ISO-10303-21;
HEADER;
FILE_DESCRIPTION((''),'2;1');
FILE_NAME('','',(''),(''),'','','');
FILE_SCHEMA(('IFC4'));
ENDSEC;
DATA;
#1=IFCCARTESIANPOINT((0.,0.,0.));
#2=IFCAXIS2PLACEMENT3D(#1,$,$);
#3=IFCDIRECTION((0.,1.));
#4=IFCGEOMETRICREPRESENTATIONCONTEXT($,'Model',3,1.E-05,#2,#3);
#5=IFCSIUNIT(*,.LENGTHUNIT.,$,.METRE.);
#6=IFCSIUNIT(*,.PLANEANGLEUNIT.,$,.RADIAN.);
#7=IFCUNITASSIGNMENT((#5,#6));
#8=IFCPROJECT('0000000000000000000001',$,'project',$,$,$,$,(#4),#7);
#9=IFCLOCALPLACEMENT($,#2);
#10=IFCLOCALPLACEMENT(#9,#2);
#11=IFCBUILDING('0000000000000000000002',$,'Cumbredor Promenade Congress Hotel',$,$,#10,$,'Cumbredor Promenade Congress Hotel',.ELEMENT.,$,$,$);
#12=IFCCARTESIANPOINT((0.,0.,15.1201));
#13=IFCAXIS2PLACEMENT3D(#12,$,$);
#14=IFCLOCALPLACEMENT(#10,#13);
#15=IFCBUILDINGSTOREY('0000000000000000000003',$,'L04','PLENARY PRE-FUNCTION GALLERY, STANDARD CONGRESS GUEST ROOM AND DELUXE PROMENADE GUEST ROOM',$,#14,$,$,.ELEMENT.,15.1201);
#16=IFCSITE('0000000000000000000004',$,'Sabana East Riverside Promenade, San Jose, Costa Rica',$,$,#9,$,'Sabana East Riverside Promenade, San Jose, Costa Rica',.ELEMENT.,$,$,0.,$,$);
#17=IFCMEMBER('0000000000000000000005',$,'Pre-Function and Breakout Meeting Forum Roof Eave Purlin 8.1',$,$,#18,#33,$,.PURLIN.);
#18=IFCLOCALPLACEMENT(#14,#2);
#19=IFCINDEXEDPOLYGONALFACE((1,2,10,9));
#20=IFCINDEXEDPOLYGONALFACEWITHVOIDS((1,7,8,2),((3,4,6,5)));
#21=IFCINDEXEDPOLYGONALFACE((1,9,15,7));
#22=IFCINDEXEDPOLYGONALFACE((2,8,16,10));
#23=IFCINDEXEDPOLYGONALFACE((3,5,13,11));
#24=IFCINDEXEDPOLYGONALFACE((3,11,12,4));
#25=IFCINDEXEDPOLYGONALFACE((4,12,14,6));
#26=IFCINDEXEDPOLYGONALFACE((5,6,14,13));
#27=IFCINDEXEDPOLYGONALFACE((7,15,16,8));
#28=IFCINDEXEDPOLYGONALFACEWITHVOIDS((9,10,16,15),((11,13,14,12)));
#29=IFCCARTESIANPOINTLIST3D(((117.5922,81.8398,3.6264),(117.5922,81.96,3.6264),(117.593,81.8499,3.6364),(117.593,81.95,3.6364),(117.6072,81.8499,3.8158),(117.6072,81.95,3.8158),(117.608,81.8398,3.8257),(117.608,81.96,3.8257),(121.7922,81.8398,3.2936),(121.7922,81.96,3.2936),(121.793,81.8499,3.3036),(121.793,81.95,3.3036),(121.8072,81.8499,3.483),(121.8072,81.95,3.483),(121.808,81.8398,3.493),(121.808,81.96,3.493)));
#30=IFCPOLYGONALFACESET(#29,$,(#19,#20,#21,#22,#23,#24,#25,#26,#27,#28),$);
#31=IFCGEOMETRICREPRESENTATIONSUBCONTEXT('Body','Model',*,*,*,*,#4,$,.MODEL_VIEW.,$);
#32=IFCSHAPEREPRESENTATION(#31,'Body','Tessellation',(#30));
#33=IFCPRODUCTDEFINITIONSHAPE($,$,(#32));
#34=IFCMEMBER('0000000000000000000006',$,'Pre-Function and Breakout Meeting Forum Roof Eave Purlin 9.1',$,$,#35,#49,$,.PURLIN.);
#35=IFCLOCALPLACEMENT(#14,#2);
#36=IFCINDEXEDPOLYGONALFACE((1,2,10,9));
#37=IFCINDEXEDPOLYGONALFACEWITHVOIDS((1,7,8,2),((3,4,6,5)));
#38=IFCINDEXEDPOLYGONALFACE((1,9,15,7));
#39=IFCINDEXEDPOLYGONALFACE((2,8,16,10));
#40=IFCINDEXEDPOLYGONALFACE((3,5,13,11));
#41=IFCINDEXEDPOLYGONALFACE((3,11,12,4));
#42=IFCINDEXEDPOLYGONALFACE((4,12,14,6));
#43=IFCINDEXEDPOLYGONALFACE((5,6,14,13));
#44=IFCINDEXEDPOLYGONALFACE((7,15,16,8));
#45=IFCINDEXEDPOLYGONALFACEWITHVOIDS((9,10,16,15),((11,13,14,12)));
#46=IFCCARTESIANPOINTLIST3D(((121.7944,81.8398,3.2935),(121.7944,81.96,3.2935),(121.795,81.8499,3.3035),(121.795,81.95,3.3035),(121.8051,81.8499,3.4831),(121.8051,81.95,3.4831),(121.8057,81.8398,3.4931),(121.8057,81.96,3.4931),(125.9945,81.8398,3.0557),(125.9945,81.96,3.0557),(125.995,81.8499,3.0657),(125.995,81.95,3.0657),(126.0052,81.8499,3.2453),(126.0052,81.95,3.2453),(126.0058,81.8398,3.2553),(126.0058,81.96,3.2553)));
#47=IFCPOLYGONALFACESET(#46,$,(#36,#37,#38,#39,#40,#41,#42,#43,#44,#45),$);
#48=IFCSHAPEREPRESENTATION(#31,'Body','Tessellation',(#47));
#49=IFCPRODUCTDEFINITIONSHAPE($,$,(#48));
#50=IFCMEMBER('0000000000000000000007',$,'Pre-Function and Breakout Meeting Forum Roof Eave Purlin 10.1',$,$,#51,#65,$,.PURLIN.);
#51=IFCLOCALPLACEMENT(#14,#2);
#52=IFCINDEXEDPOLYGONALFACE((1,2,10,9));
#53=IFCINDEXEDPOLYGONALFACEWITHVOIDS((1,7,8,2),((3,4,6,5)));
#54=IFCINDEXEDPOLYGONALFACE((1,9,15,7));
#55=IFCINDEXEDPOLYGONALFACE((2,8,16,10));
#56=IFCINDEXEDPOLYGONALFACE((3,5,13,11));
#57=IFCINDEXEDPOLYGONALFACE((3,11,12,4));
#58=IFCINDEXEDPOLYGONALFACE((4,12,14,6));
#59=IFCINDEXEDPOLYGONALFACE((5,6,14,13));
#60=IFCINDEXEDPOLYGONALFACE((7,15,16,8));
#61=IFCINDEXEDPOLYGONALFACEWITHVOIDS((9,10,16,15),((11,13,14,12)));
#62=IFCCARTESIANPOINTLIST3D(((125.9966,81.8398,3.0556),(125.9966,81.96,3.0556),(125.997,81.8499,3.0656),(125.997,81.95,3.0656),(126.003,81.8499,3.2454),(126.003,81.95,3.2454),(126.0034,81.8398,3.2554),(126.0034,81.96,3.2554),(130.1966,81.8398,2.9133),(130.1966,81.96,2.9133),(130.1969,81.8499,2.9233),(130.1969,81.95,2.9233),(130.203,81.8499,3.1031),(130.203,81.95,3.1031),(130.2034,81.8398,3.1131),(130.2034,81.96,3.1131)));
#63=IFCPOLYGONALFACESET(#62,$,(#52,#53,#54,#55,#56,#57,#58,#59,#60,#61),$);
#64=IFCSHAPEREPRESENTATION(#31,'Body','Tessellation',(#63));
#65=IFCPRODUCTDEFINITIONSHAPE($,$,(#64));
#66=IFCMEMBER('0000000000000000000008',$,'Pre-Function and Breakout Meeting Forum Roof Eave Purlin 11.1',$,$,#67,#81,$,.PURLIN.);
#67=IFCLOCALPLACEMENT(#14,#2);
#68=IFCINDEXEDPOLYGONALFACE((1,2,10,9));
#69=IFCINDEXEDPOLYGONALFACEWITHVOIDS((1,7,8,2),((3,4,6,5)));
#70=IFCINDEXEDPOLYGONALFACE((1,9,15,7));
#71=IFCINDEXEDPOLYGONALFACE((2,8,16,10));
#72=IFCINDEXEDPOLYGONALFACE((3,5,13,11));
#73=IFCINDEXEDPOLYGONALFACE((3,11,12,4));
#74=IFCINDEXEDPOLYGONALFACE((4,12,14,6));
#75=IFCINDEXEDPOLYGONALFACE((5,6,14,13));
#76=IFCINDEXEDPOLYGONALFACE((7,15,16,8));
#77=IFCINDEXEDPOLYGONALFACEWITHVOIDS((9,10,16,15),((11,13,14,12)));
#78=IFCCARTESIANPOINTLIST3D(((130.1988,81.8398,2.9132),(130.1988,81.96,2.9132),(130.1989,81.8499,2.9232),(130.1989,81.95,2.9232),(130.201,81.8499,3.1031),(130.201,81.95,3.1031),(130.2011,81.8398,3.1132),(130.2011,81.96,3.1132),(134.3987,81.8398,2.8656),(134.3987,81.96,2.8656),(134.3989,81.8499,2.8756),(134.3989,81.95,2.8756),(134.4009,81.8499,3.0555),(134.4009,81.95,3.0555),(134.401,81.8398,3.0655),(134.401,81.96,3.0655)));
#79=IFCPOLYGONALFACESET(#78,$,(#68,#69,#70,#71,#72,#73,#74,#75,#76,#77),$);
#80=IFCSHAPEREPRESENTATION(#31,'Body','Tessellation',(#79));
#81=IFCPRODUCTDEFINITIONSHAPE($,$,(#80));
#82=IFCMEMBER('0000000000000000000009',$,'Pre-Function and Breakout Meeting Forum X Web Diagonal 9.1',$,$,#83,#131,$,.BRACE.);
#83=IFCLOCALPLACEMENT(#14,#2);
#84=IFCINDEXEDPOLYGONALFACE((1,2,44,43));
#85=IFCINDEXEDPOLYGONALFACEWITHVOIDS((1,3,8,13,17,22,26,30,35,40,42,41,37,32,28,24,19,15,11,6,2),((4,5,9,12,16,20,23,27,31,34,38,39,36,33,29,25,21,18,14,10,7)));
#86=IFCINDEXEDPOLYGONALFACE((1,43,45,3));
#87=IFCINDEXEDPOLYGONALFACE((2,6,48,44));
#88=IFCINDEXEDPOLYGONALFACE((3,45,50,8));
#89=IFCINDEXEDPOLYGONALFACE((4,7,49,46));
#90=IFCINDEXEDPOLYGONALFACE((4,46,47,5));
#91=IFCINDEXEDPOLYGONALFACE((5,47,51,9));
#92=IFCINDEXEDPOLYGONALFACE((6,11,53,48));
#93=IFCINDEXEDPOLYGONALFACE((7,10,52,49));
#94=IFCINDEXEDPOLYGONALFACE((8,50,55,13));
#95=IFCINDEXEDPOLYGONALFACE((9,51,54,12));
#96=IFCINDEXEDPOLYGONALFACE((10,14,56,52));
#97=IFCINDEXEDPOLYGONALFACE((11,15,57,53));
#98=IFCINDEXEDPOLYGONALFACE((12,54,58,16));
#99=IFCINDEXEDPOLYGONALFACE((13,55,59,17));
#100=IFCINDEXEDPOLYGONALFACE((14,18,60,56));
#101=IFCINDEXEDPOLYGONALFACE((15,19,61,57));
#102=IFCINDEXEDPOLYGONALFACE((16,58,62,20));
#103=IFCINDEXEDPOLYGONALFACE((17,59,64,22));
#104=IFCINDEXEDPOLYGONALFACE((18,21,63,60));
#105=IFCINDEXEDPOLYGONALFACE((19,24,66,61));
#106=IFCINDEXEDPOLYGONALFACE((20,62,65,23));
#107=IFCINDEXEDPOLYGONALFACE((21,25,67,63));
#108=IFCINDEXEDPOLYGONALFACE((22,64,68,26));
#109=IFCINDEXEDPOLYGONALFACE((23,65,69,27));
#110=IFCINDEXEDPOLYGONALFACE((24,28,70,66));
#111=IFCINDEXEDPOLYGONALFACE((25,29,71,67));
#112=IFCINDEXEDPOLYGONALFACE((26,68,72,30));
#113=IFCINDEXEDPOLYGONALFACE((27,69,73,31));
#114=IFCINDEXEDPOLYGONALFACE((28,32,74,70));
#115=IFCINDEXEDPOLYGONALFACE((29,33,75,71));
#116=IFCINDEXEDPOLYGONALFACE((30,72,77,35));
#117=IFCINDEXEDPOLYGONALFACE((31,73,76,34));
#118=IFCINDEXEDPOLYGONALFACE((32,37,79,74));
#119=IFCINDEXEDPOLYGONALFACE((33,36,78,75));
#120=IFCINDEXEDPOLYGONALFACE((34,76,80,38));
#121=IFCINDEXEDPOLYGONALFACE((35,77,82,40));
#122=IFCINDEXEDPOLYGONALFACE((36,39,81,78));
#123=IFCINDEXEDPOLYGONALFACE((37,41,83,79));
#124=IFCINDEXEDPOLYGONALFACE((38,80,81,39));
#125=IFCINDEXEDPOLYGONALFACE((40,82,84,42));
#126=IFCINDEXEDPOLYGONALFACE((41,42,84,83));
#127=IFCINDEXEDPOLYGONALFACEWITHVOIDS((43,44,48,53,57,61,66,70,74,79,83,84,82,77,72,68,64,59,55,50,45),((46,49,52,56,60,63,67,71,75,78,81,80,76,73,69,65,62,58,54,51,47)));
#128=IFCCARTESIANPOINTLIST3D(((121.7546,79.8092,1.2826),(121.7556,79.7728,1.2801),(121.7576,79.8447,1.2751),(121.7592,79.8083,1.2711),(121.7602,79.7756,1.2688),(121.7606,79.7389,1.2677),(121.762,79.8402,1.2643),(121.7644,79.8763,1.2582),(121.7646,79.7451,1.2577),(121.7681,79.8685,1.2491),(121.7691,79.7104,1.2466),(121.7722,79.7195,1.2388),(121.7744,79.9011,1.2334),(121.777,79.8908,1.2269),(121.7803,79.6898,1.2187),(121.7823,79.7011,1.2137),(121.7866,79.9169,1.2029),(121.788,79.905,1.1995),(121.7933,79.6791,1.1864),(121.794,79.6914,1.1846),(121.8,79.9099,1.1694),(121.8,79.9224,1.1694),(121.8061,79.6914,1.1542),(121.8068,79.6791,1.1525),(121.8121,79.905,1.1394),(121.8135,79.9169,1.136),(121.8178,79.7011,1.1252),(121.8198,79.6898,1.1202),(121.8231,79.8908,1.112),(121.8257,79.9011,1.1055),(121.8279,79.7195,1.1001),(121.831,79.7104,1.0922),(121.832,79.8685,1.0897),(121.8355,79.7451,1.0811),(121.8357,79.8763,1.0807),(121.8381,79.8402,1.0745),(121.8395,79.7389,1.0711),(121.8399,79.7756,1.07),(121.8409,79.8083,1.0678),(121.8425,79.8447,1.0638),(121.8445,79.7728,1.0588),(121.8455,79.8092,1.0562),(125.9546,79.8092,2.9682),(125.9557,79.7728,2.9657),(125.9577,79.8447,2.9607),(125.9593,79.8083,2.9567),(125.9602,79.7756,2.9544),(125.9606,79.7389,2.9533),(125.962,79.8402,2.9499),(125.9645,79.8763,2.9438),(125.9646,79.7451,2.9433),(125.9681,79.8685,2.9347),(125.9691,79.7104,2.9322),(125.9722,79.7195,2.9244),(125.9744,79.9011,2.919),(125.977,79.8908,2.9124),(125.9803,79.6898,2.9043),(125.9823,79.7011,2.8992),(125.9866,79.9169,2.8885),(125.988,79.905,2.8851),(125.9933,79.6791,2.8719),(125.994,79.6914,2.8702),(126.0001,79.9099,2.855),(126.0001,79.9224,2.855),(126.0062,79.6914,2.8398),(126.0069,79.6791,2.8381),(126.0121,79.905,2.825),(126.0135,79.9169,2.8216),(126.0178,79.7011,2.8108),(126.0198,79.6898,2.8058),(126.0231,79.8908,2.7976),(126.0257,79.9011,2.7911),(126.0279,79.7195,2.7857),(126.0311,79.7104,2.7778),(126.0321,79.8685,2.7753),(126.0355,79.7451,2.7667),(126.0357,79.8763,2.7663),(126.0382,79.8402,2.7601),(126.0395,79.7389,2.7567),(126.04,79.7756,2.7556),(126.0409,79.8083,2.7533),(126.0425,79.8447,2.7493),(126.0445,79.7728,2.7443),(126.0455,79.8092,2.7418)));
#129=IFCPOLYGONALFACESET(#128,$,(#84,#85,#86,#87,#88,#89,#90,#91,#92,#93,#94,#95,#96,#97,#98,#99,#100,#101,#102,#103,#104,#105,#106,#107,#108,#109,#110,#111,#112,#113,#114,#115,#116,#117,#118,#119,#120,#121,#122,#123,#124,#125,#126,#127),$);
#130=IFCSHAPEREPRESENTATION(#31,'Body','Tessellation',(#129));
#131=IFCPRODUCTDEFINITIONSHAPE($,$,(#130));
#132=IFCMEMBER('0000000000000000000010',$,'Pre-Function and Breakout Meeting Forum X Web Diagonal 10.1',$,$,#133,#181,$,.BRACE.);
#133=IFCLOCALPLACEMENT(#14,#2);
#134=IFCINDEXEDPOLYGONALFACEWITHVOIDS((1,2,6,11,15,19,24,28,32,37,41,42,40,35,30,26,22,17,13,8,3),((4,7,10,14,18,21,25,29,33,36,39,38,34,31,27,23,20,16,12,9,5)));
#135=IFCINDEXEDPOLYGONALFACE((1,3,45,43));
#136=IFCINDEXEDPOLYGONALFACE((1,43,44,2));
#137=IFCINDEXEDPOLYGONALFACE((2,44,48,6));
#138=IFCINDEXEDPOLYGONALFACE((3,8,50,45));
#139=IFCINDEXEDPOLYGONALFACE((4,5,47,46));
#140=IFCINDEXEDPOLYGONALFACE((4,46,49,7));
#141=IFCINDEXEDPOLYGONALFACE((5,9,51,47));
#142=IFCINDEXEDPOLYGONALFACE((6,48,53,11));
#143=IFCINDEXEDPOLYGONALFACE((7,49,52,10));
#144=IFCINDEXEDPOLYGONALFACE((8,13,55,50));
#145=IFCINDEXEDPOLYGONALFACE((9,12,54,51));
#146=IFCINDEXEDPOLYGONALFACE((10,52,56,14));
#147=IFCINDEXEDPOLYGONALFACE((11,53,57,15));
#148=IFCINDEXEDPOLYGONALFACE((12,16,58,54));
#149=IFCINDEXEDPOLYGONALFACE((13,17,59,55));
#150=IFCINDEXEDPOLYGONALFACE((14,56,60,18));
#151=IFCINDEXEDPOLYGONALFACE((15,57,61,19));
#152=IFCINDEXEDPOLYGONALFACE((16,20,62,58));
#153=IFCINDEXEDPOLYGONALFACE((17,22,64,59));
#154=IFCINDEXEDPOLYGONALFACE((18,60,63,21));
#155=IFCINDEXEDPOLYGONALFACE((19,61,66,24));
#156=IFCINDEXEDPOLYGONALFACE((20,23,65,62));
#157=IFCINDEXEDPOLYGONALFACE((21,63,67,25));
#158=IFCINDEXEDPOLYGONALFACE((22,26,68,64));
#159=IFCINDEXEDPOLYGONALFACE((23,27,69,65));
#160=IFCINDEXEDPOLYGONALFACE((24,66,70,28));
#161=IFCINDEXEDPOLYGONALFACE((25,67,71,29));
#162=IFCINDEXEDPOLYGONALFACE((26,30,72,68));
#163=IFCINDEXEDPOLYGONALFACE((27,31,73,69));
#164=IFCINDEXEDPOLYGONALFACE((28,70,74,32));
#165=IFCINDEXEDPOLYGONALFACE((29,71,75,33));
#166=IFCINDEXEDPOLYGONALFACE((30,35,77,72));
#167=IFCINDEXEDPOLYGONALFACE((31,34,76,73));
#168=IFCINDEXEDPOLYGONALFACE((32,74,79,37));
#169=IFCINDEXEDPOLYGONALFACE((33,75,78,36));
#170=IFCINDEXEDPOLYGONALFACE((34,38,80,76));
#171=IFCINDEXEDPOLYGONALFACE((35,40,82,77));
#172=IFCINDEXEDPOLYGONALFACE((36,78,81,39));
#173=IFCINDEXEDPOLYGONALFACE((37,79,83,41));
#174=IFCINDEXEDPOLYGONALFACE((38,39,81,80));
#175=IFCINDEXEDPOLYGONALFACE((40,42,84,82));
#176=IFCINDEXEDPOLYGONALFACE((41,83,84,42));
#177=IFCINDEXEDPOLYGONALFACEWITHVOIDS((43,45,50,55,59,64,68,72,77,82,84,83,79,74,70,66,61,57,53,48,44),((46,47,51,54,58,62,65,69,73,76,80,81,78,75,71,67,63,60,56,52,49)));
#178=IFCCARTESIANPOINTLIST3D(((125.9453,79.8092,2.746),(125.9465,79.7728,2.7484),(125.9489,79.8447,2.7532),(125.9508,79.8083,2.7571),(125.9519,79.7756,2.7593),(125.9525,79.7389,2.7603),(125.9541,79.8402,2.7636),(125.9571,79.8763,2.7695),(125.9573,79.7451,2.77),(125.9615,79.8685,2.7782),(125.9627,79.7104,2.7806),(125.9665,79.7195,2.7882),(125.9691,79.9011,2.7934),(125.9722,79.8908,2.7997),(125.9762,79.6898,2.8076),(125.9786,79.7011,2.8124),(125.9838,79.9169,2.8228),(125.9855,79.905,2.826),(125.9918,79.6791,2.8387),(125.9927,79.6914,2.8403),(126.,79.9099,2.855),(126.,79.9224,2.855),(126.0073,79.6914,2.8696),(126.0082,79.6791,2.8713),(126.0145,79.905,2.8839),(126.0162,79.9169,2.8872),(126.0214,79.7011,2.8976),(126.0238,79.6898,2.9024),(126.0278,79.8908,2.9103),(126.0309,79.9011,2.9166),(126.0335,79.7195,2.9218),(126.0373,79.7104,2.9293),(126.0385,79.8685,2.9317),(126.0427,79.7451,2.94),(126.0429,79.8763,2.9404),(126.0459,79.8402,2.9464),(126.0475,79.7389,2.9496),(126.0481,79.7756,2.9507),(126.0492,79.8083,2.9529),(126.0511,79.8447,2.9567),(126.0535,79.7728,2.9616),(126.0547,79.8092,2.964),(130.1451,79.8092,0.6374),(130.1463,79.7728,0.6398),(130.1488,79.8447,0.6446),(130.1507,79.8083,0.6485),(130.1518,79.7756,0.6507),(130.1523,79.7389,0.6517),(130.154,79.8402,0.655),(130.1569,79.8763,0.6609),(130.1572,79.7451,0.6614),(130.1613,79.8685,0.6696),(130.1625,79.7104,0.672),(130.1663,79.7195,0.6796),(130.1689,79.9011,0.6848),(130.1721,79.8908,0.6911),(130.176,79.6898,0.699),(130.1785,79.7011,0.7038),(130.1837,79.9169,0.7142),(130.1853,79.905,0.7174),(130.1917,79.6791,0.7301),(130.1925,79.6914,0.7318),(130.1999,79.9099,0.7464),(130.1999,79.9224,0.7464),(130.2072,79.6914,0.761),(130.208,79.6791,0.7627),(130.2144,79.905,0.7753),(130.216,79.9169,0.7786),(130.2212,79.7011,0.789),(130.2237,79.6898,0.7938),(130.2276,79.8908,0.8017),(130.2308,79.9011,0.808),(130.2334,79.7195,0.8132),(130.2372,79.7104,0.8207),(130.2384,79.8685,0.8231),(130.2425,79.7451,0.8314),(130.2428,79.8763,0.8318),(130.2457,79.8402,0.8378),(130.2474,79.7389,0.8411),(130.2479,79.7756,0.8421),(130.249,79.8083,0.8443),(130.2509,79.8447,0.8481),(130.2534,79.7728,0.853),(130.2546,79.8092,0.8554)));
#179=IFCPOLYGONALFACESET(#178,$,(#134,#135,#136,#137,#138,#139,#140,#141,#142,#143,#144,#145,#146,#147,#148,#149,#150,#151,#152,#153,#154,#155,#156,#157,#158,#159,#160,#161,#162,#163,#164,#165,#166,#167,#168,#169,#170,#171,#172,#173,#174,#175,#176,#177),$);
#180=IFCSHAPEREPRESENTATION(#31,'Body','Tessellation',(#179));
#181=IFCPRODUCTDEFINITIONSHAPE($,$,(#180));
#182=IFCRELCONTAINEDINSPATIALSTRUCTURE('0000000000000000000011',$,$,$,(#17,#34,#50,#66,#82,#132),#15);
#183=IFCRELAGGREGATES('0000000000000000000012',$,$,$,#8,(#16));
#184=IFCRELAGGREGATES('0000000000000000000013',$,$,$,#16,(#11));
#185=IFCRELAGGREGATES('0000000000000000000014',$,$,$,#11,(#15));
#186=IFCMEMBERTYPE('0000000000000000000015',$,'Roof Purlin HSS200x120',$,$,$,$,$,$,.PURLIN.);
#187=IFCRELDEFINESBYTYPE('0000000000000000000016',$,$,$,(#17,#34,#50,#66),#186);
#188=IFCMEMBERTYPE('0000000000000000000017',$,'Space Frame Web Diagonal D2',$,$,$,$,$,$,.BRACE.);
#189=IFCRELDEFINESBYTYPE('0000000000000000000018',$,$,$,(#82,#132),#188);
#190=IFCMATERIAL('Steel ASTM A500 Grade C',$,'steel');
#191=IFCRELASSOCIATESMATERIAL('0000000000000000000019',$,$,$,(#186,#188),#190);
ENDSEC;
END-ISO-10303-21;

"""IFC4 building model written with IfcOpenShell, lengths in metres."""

from ifc_helpers import new_model, si_unit, direction, frame, origin, origin_2d, place, context, subcontext, project, spatial, hollow_rectangle, hollow_circle, extrude, material, material_profile, profile_set, type_object, element, save


model = new_model("IFC4")

# Units and contexts
model_context = context("Model", 3, precision=1e-05, world=origin(), true_north=direction((0.0, 1.0)))
body_context = subcontext(model_context, "Body", "Model", "MODEL_VIEW")
ifc_project = project(units=[si_unit("LENGTHUNIT", "METRE"), si_unit("PLANEANGLEUNIT", "RADIAN")], contexts=[model_context])

# Site, building, storey
site_placement = place(None, origin())
site = spatial("IfcSite", under=ifc_project, at=site_placement, Name="Sabana East Riverside Promenade, San Jose, Costa Rica", LongName="Sabana East Riverside Promenade, San Jose, Costa Rica", CompositionType="ELEMENT", RefElevation=0.0)
building_placement = place(site_placement, origin())
building = spatial("IfcBuilding", under=site, at=building_placement, Name="Cumbredor Promenade Congress Hotel", LongName="Cumbredor Promenade Congress Hotel", CompositionType="ELEMENT")
storey_placement = place(building_placement, frame((0.0, 0.0, 15.1201)))
storey = spatial("IfcBuildingStorey", under=building, at=storey_placement, Name="L04", Description="PLENARY PRE-FUNCTION GALLERY, STANDARD CONGRESS GUEST ROOM AND DELUXE PROMENADE GUEST ROOM", CompositionType="ELEMENT", Elevation=15.1201)

# Members
ifc_material_1 = material(Name="Steel ASTM A500 Grade C", Category="steel")
ifc_material_profile_1 = material_profile(ifc_material_1, hollow_rectangle(XDim=0.1201, YDim=0.2, WallThickness=0.01, at=origin_2d()), Name="HSS 200x120x10")
ifc_profile_set_1 = profile_set([ifc_material_profile_1], Name="Steel ASTM A500 Grade C")
member_type_1 = type_object("IfcMemberType", Name="Roof Purlin HSS200x120", PredefinedType="PURLIN", material=ifc_profile_set_1)
member_1_placement = place(storey_placement, frame((117.6001, 81.8999, 3.7261), z_axis=(0.996876, 0.0, -0.078983), x_axis=(0.0, 1.0, 0.0)))
element("IfcMember", 1, at=member_1_placement, inside=storey, type_object=member_type_1, Name="Pre-Function and Breakout Meeting Forum Roof Eave Purlin 8.1", PredefinedType="PURLIN", context=body_context, shape_type="SweptSolid", body=[
    extrude(hollow_rectangle(XDim=0.1201, YDim=0.2, WallThickness=0.01, at=origin_2d()), origin(), (0.0, 0.0, 1.0), 4.2131),
])
member_2_placement = place(storey_placement, frame((121.8, 81.8999, 3.3933), z_axis=(0.998401, 0.0, -0.056528), x_axis=(0.0, 1.0, 0.0)))
element("IfcMember", 2, at=member_2_placement, inside=storey, type_object=member_type_1, Name="Pre-Function and Breakout Meeting Forum Roof Eave Purlin 9.1", PredefinedType="PURLIN", context=body_context, shape_type="SweptSolid", body=[
    extrude(hollow_rectangle(XDim=0.1201, YDim=0.2, WallThickness=0.01, at=origin_2d()), origin(), (0.0, 0.0, 1.0), 4.2068),
])
member_3_placement = place(storey_placement, frame((126.0, 81.8999, 3.1555), z_axis=(0.999426, 0.0, -0.03387), x_axis=(0.0, 1.0, 0.0)))
element("IfcMember", 3, at=member_3_placement, inside=storey, type_object=member_type_1, Name="Pre-Function and Breakout Meeting Forum Roof Eave Purlin 10.1", PredefinedType="PURLIN", context=body_context, shape_type="SweptSolid", body=[
    extrude(hollow_rectangle(XDim=0.1201, YDim=0.2, WallThickness=0.01, at=origin_2d()), origin(), (0.0, 0.0, 1.0), 4.2024),
])
member_4_placement = place(storey_placement, frame((130.2, 81.8999, 3.0132), z_axis=(0.999936, 0.0, -0.011335), x_axis=(0.0, 1.0, 0.0)))
element("IfcMember", 4, at=member_4_placement, inside=storey, type_object=member_type_1, Name="Pre-Function and Breakout Meeting Forum Roof Eave Purlin 11.1", PredefinedType="PURLIN", context=body_context, shape_type="SweptSolid", body=[
    extrude(hollow_rectangle(XDim=0.1201, YDim=0.2, WallThickness=0.01, at=origin_2d()), origin(), (0.0, 0.0, 1.0), 4.2002),
])
ifc_material_profile_2 = material_profile(ifc_material_1, hollow_circle(Radius=0.1223, WallThickness=0.0125, at=origin_2d()), Name="CHS 244.5x12.5")
ifc_profile_set_2 = profile_set([ifc_material_profile_2], Name="Steel ASTM A500 Grade C")
member_type_2 = type_object("IfcMemberType", Name="Space Frame Web Diagonal D2", PredefinedType="BRACE", material=ifc_profile_set_2)
member_5_placement = place(storey_placement, frame((121.8, 79.8, 1.1694), z_axis=(0.928052, 0.0, 0.372451), x_axis=(0.0, 1.0, 0.0)))
element("IfcMember", 5, at=member_5_placement, inside=storey, type_object=member_type_2, Name="Pre-Function and Breakout Meeting Forum X Web Diagonal 9.1", PredefinedType="BRACE", context=body_context, shape_type="SweptSolid", body=[
    extrude(hollow_circle(Radius=0.1223, WallThickness=0.0125, at=origin_2d()), origin(), (0.0, 0.0, 1.0), 4.5256),
])
member_6_placement = place(storey_placement, frame((126.0, 79.8, 2.855), z_axis=(0.893688, 0.0, -0.448688), x_axis=(0.0, 1.0, 0.0)))
element("IfcMember", 6, at=member_6_placement, inside=storey, type_object=member_type_2, Name="Pre-Function and Breakout Meeting Forum X Web Diagonal 10.1", PredefinedType="BRACE", context=body_context, shape_type="SweptSolid", body=[
    extrude(hollow_circle(Radius=0.1223, WallThickness=0.0125, at=origin_2d()), origin(), (0.0, 0.0, 1.0), 4.6995),
])

save(model, "model.ifc")
